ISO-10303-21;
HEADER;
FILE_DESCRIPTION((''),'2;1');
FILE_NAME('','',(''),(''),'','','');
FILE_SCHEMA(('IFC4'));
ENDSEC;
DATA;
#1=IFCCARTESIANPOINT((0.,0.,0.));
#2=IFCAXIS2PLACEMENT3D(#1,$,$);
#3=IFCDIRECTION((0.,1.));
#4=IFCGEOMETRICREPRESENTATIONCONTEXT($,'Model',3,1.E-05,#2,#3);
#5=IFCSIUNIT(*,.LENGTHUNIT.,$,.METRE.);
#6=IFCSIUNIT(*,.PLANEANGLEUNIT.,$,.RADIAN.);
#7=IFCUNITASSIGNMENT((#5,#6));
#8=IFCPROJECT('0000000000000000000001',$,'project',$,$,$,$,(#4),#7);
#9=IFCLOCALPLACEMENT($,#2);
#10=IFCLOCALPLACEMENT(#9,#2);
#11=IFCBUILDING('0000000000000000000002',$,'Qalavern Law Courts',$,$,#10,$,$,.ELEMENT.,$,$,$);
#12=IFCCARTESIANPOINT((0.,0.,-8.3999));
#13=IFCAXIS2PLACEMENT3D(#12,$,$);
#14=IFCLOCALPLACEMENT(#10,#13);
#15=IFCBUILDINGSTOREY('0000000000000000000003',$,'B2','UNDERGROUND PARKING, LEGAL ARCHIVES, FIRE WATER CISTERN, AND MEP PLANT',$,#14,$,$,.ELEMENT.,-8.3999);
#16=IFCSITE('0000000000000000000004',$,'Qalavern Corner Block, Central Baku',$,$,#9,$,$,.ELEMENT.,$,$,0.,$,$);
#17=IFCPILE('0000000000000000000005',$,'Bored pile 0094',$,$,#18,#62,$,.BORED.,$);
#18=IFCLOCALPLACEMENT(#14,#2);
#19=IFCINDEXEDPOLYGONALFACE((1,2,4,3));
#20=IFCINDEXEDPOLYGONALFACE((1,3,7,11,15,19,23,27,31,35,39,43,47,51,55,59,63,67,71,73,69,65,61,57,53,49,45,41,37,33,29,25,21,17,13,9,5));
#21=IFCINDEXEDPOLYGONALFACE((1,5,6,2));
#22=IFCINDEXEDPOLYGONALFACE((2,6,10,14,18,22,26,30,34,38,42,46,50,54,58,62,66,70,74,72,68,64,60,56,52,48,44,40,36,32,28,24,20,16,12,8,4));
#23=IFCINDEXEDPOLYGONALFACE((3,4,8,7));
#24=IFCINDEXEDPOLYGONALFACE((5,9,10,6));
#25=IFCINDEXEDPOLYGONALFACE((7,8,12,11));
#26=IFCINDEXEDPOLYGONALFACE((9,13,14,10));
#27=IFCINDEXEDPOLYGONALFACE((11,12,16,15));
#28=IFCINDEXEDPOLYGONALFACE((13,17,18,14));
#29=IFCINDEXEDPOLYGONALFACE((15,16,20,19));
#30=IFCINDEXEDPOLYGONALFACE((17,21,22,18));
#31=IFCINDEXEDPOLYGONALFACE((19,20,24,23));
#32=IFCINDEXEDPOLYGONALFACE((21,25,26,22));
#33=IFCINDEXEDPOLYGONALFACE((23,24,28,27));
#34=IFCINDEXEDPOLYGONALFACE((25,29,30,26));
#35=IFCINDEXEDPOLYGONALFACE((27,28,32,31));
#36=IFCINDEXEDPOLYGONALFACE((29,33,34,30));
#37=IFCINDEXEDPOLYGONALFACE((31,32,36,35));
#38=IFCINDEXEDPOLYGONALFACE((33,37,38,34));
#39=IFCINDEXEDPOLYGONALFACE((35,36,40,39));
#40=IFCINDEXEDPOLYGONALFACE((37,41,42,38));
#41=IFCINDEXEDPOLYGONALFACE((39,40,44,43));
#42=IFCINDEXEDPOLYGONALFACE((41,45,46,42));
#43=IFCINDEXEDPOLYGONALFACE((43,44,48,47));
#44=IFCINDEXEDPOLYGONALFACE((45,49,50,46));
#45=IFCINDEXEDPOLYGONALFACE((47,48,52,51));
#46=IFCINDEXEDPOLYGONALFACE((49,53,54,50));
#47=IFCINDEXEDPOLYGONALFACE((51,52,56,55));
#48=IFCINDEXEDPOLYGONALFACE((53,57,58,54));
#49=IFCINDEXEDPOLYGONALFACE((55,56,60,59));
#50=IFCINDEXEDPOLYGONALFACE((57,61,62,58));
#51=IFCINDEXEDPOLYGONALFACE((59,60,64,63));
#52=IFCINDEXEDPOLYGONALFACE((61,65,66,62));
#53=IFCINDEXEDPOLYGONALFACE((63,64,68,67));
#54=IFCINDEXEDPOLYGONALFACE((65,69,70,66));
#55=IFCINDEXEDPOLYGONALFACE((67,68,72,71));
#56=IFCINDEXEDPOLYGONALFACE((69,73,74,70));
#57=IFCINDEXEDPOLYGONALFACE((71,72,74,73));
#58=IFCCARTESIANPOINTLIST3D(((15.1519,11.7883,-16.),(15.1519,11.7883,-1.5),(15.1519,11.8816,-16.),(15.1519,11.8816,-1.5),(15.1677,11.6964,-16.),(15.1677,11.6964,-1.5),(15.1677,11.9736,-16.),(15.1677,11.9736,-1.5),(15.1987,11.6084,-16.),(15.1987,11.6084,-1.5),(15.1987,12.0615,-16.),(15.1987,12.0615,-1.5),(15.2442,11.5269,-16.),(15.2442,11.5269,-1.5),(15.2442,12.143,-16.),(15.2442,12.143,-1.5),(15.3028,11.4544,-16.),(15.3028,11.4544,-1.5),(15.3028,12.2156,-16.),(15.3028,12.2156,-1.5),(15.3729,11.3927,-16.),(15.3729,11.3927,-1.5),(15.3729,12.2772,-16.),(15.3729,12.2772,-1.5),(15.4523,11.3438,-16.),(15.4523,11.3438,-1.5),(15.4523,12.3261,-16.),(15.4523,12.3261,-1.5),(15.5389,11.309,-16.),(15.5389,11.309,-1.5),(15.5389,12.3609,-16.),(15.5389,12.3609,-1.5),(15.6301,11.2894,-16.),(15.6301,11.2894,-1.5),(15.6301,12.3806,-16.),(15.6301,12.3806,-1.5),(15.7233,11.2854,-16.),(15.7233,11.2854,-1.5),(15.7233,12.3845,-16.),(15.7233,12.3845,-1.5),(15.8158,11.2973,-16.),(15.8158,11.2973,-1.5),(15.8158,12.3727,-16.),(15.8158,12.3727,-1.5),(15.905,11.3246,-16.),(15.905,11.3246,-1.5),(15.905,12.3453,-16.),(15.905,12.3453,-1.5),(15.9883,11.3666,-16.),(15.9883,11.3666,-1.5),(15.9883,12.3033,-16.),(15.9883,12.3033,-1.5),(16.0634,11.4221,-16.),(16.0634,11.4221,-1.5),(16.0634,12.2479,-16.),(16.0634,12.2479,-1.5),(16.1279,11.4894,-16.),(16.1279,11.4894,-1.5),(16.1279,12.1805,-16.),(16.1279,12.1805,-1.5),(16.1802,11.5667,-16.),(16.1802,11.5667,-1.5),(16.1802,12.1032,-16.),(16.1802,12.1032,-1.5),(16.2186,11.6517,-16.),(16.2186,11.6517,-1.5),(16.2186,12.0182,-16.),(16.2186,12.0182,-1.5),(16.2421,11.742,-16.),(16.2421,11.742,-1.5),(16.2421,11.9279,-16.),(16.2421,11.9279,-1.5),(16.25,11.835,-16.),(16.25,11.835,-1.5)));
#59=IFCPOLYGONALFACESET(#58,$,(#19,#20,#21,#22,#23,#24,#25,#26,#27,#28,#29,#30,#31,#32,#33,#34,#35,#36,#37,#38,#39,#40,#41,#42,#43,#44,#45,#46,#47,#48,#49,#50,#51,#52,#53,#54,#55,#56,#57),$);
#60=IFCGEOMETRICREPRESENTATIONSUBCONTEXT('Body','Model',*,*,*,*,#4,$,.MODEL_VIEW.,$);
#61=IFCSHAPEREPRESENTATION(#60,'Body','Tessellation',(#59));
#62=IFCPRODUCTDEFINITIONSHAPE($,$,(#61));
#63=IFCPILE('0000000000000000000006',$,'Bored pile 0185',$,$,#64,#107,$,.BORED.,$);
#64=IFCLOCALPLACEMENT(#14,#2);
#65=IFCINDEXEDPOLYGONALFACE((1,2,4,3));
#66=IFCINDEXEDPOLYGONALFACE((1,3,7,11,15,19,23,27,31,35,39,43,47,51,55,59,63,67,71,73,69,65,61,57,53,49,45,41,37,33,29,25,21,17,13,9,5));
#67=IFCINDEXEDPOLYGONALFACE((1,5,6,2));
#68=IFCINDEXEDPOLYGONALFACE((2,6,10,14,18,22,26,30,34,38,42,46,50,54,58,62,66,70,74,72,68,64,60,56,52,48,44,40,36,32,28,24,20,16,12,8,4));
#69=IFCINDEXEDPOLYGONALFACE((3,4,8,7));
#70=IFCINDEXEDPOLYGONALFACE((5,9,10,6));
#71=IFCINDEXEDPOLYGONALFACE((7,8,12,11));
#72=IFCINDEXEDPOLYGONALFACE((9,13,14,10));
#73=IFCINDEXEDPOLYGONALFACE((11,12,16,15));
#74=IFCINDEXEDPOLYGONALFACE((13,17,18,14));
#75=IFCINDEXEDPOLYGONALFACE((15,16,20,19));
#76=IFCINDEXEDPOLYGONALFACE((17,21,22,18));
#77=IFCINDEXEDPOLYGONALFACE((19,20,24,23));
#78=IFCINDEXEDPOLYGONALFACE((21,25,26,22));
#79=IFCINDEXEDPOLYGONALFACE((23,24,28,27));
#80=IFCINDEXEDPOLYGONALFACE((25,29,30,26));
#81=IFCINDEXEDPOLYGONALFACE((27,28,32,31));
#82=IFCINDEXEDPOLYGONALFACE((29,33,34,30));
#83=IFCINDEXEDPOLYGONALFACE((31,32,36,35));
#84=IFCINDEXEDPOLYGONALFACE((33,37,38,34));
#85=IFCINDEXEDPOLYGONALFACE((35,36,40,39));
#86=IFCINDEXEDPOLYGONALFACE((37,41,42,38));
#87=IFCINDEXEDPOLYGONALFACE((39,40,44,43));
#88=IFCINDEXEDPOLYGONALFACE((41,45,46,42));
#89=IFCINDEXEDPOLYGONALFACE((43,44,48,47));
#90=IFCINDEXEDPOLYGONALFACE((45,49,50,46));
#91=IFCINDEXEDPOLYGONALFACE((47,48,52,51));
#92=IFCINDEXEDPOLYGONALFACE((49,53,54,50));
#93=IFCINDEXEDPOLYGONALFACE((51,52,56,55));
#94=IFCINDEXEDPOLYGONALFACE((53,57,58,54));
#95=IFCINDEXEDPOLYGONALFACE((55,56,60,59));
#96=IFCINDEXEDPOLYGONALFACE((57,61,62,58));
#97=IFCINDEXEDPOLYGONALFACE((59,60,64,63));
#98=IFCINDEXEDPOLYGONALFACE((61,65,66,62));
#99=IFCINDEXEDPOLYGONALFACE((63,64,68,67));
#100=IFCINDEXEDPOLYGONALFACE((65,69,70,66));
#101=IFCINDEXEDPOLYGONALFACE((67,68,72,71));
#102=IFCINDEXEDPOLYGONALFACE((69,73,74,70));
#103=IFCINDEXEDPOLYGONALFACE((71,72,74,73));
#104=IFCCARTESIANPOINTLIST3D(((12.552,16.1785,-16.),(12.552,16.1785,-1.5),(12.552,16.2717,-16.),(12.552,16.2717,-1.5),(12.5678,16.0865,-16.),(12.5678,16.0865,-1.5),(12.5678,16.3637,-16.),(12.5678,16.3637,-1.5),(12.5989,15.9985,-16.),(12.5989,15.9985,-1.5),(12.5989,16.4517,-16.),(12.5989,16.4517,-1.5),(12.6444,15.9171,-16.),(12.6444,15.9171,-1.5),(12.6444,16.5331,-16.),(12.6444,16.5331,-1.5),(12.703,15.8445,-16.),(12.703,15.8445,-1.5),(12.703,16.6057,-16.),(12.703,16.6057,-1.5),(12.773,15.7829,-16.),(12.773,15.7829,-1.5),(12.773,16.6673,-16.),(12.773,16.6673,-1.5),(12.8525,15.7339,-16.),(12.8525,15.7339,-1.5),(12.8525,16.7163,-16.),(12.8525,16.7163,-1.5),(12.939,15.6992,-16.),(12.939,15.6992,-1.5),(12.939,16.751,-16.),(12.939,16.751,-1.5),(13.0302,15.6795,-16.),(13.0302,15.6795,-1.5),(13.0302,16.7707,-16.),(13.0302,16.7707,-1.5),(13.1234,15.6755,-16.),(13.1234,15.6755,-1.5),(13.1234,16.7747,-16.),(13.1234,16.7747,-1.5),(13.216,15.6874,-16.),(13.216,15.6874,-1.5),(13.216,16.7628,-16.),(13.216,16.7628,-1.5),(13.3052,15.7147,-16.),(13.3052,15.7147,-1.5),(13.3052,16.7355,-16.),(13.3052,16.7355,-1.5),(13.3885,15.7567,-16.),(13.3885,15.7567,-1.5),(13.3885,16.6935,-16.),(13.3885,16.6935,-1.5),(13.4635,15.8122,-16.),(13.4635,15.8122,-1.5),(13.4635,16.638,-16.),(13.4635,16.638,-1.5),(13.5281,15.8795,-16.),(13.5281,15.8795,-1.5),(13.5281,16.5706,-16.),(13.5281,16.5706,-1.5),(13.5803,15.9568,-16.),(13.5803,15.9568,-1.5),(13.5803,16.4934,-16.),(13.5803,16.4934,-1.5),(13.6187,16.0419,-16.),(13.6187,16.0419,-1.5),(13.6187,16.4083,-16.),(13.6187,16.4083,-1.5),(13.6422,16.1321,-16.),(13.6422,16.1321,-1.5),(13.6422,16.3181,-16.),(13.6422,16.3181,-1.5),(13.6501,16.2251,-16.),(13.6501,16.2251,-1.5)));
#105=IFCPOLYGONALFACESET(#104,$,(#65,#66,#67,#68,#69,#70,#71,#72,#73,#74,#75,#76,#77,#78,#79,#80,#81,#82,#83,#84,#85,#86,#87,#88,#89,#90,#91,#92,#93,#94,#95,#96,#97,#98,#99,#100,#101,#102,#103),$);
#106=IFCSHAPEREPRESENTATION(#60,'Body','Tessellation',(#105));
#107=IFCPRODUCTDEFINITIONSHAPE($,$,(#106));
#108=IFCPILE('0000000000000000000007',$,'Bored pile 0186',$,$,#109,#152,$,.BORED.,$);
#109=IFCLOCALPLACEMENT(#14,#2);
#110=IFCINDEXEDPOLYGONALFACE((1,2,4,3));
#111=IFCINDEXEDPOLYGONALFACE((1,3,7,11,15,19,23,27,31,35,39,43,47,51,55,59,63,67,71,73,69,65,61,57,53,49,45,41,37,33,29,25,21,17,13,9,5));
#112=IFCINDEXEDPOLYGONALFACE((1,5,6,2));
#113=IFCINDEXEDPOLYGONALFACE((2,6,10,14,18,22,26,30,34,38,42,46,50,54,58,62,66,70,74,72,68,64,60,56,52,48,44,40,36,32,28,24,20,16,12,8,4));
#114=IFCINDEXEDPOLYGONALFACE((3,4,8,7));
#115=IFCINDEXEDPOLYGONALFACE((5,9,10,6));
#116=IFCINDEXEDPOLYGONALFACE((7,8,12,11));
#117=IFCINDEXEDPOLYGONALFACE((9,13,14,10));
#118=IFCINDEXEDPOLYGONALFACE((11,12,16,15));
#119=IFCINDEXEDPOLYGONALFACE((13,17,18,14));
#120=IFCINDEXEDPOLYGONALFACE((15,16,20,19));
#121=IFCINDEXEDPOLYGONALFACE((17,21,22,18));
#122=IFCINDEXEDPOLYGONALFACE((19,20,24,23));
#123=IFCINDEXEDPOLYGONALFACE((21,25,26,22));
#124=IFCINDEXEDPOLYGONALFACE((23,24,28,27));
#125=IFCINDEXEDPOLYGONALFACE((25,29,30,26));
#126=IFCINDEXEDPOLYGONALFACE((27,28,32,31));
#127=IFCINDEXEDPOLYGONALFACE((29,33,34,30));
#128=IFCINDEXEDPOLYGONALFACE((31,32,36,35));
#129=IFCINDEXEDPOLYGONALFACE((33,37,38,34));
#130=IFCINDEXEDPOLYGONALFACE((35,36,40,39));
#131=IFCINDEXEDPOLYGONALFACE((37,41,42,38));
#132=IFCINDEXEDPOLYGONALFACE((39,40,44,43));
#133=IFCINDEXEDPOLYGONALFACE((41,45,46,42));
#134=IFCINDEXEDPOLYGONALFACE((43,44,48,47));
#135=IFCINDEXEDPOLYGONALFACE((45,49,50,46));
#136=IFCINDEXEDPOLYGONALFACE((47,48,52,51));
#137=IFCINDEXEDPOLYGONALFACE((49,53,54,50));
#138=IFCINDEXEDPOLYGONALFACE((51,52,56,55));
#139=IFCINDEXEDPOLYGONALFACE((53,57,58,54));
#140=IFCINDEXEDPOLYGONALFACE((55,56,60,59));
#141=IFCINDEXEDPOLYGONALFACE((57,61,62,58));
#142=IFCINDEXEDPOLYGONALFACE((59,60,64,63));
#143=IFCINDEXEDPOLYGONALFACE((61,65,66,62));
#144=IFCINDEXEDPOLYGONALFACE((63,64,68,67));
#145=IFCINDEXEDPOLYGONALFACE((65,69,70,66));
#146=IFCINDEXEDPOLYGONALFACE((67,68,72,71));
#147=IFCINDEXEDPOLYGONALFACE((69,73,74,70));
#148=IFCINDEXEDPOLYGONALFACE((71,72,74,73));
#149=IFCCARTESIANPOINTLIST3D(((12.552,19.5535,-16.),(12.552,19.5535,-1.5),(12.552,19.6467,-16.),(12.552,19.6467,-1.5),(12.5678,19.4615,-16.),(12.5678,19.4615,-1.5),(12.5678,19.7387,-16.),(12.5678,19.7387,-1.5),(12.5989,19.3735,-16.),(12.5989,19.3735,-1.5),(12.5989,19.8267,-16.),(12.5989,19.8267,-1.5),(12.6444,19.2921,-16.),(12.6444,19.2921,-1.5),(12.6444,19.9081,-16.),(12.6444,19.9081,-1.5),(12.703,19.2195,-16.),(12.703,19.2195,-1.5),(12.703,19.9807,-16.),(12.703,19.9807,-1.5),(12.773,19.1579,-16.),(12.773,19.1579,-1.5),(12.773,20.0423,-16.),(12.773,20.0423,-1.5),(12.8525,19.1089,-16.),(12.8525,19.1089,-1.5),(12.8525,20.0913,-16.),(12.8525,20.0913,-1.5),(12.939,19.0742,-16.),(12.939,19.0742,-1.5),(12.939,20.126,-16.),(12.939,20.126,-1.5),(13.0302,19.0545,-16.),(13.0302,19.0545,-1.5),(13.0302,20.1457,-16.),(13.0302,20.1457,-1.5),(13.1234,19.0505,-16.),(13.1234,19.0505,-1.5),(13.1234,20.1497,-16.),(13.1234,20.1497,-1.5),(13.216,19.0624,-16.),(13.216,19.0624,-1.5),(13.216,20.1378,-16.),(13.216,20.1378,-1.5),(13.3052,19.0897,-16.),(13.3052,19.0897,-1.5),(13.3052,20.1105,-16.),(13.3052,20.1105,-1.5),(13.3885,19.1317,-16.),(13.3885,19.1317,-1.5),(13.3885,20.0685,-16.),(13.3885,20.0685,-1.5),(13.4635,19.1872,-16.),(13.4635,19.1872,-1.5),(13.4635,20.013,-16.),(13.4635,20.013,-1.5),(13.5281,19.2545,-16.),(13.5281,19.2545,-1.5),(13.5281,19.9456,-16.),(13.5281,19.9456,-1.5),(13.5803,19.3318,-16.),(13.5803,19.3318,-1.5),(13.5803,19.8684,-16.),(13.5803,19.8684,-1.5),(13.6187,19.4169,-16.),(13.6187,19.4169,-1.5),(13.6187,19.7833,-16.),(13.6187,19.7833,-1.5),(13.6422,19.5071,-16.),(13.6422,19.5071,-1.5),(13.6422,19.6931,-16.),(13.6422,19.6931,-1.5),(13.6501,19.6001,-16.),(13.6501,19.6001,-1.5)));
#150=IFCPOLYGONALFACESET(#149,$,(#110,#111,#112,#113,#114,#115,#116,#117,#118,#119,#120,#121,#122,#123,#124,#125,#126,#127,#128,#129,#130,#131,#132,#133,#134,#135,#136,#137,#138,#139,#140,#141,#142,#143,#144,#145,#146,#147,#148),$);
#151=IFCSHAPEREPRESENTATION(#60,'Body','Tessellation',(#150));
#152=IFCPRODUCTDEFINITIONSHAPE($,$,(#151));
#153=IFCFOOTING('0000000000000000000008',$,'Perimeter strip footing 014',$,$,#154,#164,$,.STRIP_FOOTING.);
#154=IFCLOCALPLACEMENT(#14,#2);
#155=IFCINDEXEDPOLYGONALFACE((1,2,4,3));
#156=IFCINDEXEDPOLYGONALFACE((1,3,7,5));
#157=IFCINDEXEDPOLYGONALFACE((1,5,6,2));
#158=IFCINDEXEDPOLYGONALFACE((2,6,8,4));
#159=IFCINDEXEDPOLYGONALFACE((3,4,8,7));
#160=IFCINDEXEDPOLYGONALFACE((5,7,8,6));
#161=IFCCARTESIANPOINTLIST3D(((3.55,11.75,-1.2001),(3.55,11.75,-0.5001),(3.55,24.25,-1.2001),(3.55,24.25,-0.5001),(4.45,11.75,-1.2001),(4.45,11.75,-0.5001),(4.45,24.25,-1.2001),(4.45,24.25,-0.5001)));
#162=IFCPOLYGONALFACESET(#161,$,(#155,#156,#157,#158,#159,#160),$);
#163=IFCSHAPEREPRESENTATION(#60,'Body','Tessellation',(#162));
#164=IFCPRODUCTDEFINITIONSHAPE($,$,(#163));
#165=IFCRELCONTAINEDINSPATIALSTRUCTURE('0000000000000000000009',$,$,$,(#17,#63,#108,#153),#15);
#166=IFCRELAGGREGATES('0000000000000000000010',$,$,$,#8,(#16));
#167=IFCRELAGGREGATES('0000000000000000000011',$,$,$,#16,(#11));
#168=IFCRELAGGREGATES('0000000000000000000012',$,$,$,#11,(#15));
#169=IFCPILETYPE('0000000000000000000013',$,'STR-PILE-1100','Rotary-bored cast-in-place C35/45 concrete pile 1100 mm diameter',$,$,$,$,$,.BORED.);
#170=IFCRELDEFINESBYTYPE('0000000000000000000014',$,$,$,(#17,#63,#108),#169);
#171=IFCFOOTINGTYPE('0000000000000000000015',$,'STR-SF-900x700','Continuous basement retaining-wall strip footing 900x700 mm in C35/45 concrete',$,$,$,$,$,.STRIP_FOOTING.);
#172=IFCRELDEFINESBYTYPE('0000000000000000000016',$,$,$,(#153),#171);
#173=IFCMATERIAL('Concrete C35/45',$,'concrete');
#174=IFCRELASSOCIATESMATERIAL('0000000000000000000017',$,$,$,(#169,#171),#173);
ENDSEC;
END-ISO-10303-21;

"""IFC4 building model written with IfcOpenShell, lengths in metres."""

from ifc_helpers import new_model, si_unit, direction, frame, origin, origin_2d, place, context, subcontext, project, spatial, rectangle, circle, extrude, material, material_profile, profile_set, type_object, element, save


model = new_model("IFC4")

# Units and contexts
model_context = context("Model", 3, precision=1e-05, world=origin(), true_north=direction((0.0, 1.0)))
body_context = subcontext(model_context, "Body", "Model", "MODEL_VIEW")
ifc_project = project(units=[si_unit("LENGTHUNIT", "METRE"), si_unit("PLANEANGLEUNIT", "RADIAN")], contexts=[model_context])

# Site, building, storey
site_placement = place(None, origin())
site = spatial("IfcSite", under=ifc_project, at=site_placement, Name="Qalavern Corner Block, Central Baku", CompositionType="ELEMENT", RefElevation=0.0)
building_placement = place(site_placement, origin())
building = spatial("IfcBuilding", under=site, at=building_placement, Name="Qalavern Law Courts", CompositionType="ELEMENT")
storey_placement = place(building_placement, frame((0.0, 0.0, -8.3999)))
storey = spatial("IfcBuildingStorey", under=building, at=storey_placement, Name="B2", Description="UNDERGROUND PARKING, LEGAL ARCHIVES, FIRE WATER CISTERN, AND MEP PLANT", CompositionType="ELEMENT", Elevation=-8.3999)

# Shared definitions
ifc_material_1 = material(Name="Concrete C35/45", Category="concrete")

# Piles
ifc_material_profile_1 = material_profile(ifc_material_1, circle(Radius=0.55, at=origin_2d()), Name="BORED PILE 1100")
ifc_profile_set_1 = profile_set([ifc_material_profile_1], Name="Concrete C35/45")
pile_type_1 = type_object("IfcPileType", Name="STR-PILE-1100", Description="Rotary-bored cast-in-place C35/45 concrete pile 1100 mm diameter", PredefinedType="BORED", material=ifc_profile_set_1)
for number, where, z_axis, x_axis, name in (
    (1, (15.7, 11.835, -1.5), (0.0, 0.0, -1.0), (1.0, 0.0, 0.0), "Bored pile 0094"),
    (2, (13.1001, 16.2251, -1.5), (0.0, 0.0, -1.0), (1.0, 0.0, 0.0), "Bored pile 0185"),
    (3, (13.1001, 19.6001, -1.5), (0.0, 0.0, -1.0), (1.0, 0.0, 0.0), "Bored pile 0186"),
):
    element("IfcPile", number, at=place(storey_placement, frame(where, z_axis=z_axis, x_axis=x_axis)), inside=storey, type_object=pile_type_1, Name=name, PredefinedType="BORED", context=body_context, shape_type="SweptSolid", body=[
        extrude(circle(Radius=0.55, at=origin_2d()), origin(), (0.0, 0.0, 1.0), 14.5),
    ])

# Footing
ifc_material_profile_2 = material_profile(ifc_material_1, rectangle(XDim=0.8999, YDim=0.7, at=origin_2d()), Name="RC 900x700")
ifc_profile_set_2 = profile_set([ifc_material_profile_2], Name="Concrete C35/45")
footing_type_1 = type_object("IfcFootingType", Name="STR-SF-900x700", Description="Continuous basement retaining-wall strip footing 900x700 mm in C35/45 concrete", PredefinedType="STRIP_FOOTING", material=ifc_profile_set_2)
footing_1_placement = place(storey_placement, frame((4.0, 11.75, -0.8501), z_axis=(0.0, 1.0, 0.0), x_axis=(-1.0, 0.0, 0.0)))
element("IfcFooting", 4, at=footing_1_placement, inside=storey, type_object=footing_type_1, Name="Perimeter strip footing 014", PredefinedType="STRIP_FOOTING", context=body_context, shape_type="SweptSolid", body=[
    extrude(rectangle(XDim=0.8999, YDim=0.7, at=origin_2d()), origin(), (0.0, 0.0, 1.0), 12.5),
])

save(model, "model.ifc")
